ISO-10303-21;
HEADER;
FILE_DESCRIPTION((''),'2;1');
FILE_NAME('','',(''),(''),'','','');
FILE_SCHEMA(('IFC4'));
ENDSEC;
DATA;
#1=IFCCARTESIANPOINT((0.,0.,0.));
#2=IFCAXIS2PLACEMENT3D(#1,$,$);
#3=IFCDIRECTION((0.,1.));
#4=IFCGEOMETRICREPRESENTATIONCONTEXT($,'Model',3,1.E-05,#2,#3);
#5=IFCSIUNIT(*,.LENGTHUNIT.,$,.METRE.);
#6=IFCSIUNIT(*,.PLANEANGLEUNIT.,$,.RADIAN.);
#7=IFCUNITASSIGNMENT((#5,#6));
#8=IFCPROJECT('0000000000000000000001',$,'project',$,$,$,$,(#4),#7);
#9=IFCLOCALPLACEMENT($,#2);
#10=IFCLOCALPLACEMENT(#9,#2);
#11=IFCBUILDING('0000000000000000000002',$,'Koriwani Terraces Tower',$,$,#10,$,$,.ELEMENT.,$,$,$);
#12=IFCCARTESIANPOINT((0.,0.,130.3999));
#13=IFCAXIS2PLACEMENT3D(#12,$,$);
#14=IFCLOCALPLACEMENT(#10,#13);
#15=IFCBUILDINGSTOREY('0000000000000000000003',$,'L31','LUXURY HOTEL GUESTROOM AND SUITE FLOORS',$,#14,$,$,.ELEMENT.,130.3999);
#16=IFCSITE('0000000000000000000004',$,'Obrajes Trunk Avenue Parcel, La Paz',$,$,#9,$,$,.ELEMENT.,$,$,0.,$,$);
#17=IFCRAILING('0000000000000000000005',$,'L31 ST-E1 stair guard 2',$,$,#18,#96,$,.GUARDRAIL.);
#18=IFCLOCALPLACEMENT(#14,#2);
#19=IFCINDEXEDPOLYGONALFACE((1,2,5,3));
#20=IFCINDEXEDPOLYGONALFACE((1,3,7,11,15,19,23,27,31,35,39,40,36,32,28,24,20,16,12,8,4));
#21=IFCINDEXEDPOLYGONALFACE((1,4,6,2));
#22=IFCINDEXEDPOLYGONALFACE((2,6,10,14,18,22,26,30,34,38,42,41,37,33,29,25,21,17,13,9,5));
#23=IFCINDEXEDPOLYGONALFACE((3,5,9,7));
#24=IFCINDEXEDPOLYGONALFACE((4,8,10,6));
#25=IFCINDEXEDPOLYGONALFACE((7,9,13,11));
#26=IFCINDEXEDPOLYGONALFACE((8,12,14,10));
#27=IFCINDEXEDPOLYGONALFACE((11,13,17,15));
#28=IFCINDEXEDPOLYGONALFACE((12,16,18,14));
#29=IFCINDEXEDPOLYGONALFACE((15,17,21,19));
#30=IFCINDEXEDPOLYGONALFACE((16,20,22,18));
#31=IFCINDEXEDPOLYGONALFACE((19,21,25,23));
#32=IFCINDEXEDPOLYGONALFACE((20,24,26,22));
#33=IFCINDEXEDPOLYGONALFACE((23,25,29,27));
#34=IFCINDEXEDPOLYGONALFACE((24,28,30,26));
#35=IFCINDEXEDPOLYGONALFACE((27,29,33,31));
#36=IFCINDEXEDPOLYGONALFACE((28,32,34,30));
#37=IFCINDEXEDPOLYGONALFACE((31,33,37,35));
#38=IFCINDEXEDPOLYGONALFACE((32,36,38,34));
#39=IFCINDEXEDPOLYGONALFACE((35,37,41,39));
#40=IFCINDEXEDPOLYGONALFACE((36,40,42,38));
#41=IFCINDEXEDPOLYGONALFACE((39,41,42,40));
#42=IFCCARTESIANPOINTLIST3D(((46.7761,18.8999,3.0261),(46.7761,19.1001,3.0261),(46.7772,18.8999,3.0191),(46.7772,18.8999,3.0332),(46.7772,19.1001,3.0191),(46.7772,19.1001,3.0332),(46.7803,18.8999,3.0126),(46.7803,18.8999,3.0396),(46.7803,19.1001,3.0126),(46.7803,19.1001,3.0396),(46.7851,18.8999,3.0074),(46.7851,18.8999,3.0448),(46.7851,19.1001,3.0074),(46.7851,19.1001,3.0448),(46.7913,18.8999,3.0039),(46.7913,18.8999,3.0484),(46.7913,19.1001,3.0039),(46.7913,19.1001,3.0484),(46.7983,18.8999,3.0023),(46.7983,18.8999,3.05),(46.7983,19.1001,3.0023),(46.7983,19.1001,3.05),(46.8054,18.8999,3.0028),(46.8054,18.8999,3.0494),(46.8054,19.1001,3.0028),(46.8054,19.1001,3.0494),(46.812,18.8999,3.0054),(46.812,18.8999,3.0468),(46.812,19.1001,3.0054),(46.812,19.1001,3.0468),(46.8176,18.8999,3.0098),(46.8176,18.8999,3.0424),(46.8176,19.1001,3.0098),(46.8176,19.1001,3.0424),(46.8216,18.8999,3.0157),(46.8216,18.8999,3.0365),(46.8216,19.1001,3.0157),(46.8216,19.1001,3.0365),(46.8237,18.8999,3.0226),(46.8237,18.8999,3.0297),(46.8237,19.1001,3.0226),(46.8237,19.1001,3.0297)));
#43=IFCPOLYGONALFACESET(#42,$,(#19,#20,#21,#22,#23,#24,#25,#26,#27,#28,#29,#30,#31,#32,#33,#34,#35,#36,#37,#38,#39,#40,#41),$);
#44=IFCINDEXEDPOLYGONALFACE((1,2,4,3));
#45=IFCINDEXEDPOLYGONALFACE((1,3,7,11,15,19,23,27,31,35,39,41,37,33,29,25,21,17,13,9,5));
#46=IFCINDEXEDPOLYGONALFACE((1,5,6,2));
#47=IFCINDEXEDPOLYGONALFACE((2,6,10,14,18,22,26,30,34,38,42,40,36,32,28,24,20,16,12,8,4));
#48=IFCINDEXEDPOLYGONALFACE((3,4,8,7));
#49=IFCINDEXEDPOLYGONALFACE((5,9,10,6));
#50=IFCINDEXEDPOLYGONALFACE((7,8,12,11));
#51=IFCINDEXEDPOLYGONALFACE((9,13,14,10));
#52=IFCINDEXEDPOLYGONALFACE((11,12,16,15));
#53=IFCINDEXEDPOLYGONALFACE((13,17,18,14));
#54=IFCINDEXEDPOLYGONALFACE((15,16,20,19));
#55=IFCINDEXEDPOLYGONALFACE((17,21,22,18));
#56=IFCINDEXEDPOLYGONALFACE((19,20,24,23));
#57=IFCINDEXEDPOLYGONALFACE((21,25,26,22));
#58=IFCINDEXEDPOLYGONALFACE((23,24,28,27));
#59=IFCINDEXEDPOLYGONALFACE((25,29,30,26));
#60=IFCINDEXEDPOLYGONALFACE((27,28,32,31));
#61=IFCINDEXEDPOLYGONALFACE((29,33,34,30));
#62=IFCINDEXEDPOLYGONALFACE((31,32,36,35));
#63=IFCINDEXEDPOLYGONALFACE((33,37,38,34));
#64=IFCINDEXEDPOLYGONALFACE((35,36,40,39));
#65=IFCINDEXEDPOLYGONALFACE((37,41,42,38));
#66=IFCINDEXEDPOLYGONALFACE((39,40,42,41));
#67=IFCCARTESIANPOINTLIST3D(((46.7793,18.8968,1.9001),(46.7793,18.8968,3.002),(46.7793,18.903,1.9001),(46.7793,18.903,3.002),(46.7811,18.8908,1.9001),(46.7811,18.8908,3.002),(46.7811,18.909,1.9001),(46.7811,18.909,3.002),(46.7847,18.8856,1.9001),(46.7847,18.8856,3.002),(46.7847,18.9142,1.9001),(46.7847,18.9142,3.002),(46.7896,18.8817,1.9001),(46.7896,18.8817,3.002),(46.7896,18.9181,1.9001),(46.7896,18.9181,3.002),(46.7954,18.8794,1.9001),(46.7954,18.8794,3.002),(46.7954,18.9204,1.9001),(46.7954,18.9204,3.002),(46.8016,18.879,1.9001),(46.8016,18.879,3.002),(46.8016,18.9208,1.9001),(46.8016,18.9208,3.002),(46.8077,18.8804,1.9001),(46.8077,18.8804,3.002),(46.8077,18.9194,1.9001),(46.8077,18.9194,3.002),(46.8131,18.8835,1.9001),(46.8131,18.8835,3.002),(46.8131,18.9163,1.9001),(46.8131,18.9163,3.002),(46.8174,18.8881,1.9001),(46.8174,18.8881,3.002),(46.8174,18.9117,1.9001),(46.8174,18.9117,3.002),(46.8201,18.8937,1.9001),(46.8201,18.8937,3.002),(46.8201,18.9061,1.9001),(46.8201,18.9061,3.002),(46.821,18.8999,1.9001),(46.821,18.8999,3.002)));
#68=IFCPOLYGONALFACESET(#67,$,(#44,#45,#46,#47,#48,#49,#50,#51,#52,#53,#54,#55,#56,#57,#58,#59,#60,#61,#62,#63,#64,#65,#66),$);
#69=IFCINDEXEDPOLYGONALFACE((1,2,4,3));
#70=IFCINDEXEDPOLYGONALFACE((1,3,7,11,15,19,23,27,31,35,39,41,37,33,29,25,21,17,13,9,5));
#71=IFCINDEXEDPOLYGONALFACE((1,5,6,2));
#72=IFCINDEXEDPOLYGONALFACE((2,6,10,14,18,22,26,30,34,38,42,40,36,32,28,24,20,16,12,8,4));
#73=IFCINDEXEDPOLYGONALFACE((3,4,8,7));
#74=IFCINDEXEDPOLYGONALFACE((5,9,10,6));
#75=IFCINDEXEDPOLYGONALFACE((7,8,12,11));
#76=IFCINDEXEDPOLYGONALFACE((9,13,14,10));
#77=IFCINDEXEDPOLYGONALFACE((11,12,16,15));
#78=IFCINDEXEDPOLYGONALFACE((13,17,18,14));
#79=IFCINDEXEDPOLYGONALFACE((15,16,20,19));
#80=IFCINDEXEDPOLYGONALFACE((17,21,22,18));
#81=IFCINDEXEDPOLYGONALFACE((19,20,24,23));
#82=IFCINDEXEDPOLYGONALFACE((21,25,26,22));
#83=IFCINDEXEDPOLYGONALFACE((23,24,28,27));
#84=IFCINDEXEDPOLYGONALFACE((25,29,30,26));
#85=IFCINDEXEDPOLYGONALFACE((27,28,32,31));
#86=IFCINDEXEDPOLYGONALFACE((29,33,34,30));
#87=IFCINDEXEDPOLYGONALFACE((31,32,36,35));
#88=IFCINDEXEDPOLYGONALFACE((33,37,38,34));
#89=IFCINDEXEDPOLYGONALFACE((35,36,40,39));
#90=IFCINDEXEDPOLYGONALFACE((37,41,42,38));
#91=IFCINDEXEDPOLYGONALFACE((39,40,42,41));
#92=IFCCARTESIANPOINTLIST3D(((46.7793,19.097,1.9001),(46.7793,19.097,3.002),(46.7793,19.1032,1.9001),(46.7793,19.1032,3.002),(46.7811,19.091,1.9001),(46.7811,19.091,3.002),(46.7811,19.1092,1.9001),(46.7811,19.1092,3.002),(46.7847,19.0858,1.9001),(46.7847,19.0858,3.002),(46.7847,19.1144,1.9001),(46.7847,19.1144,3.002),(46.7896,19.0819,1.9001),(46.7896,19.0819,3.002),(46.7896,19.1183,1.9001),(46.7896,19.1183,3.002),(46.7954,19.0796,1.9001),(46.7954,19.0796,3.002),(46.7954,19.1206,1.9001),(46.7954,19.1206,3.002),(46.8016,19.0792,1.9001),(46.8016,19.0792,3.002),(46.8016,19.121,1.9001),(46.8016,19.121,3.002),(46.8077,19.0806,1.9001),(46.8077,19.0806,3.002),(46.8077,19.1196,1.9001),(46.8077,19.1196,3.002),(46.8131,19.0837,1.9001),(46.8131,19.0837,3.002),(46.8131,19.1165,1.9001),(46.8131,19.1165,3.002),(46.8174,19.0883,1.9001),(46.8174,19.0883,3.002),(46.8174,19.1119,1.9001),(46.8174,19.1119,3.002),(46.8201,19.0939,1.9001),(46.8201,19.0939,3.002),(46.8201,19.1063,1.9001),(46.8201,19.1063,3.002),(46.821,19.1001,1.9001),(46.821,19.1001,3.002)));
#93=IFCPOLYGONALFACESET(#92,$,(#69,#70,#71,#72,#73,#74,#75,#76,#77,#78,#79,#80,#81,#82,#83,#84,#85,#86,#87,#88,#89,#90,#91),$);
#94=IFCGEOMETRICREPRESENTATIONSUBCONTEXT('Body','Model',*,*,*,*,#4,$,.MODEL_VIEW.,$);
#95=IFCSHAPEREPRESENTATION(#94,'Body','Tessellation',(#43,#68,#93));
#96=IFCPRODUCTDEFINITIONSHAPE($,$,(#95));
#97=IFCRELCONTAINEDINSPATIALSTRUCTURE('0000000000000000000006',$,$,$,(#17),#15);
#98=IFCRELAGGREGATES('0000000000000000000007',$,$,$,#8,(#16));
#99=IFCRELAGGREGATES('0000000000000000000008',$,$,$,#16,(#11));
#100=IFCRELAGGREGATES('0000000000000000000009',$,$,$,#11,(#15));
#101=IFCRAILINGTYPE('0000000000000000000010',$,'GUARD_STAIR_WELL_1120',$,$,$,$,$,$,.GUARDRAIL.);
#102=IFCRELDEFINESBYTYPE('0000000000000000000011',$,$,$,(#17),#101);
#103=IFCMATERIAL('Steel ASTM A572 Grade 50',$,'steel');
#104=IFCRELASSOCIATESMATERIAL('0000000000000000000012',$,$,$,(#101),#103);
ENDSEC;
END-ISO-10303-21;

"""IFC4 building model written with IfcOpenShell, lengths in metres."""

from ifc_helpers import new_model, si_unit, direction, frame, origin, origin_2d, place, context, subcontext, project, spatial, circle, extrude, material, type_object, element, save


model = new_model("IFC4")

# Units and contexts
model_context = context("Model", 3, precision=1e-05, world=origin(), true_north=direction((0.0, 1.0)))
body_context = subcontext(model_context, "Body", "Model", "MODEL_VIEW")
ifc_project = project(units=[si_unit("LENGTHUNIT", "METRE"), si_unit("PLANEANGLEUNIT", "RADIAN")], contexts=[model_context])

# Site, building, storey
site_placement = place(None, origin())
site = spatial("IfcSite", under=ifc_project, at=site_placement, Name="Obrajes Trunk Avenue Parcel, La Paz", CompositionType="ELEMENT", RefElevation=0.0)
building_placement = place(site_placement, origin())
building = spatial("IfcBuilding", under=site, at=building_placement, Name="Koriwani Terraces Tower", CompositionType="ELEMENT")
storey_placement = place(building_placement, frame((0.0, 0.0, 130.3999)))
storey = spatial("IfcBuildingStorey", under=building, at=storey_placement, Name="L31", Description="LUXURY HOTEL GUESTROOM AND SUITE FLOORS", CompositionType="ELEMENT", Elevation=130.3999)

# Shared definitions
ifc_material_1 = material(Name="Steel ASTM A572 Grade 50", Category="steel")

# Railing
railing_type_1 = type_object("IfcRailingType", Name="GUARD_STAIR_WELL_1120", PredefinedType="GUARDRAIL", material=ifc_material_1)
railing_1_placement = place(storey_placement, frame((46.8, 18.8999, 1.9001)))
element("IfcRailing", 1, at=railing_1_placement, inside=storey, type_object=railing_type_1, Name="L31 ST-E1 stair guard 2", PredefinedType="GUARDRAIL", context=body_context, shape_type="SweptSolid", body=[
    extrude(circle(Radius=0.0239, at=origin_2d()), frame((0.0, 0.0, 1.126), z_axis=(0.0, 1.0, 0.0), x_axis=(-1.0, 0.0, 0.0)), (0.0, 0.0, 1.0), 0.2002),
    extrude(circle(Radius=0.021, at=origin_2d()), origin(), (0.0, 0.0, 1.0), 1.1018),
    extrude(circle(Radius=0.021, at=origin_2d()), frame((0.0, 0.2002, 0.0)), (0.0, 0.0, 1.0), 1.1018),
])

save(model, "model.ifc")
